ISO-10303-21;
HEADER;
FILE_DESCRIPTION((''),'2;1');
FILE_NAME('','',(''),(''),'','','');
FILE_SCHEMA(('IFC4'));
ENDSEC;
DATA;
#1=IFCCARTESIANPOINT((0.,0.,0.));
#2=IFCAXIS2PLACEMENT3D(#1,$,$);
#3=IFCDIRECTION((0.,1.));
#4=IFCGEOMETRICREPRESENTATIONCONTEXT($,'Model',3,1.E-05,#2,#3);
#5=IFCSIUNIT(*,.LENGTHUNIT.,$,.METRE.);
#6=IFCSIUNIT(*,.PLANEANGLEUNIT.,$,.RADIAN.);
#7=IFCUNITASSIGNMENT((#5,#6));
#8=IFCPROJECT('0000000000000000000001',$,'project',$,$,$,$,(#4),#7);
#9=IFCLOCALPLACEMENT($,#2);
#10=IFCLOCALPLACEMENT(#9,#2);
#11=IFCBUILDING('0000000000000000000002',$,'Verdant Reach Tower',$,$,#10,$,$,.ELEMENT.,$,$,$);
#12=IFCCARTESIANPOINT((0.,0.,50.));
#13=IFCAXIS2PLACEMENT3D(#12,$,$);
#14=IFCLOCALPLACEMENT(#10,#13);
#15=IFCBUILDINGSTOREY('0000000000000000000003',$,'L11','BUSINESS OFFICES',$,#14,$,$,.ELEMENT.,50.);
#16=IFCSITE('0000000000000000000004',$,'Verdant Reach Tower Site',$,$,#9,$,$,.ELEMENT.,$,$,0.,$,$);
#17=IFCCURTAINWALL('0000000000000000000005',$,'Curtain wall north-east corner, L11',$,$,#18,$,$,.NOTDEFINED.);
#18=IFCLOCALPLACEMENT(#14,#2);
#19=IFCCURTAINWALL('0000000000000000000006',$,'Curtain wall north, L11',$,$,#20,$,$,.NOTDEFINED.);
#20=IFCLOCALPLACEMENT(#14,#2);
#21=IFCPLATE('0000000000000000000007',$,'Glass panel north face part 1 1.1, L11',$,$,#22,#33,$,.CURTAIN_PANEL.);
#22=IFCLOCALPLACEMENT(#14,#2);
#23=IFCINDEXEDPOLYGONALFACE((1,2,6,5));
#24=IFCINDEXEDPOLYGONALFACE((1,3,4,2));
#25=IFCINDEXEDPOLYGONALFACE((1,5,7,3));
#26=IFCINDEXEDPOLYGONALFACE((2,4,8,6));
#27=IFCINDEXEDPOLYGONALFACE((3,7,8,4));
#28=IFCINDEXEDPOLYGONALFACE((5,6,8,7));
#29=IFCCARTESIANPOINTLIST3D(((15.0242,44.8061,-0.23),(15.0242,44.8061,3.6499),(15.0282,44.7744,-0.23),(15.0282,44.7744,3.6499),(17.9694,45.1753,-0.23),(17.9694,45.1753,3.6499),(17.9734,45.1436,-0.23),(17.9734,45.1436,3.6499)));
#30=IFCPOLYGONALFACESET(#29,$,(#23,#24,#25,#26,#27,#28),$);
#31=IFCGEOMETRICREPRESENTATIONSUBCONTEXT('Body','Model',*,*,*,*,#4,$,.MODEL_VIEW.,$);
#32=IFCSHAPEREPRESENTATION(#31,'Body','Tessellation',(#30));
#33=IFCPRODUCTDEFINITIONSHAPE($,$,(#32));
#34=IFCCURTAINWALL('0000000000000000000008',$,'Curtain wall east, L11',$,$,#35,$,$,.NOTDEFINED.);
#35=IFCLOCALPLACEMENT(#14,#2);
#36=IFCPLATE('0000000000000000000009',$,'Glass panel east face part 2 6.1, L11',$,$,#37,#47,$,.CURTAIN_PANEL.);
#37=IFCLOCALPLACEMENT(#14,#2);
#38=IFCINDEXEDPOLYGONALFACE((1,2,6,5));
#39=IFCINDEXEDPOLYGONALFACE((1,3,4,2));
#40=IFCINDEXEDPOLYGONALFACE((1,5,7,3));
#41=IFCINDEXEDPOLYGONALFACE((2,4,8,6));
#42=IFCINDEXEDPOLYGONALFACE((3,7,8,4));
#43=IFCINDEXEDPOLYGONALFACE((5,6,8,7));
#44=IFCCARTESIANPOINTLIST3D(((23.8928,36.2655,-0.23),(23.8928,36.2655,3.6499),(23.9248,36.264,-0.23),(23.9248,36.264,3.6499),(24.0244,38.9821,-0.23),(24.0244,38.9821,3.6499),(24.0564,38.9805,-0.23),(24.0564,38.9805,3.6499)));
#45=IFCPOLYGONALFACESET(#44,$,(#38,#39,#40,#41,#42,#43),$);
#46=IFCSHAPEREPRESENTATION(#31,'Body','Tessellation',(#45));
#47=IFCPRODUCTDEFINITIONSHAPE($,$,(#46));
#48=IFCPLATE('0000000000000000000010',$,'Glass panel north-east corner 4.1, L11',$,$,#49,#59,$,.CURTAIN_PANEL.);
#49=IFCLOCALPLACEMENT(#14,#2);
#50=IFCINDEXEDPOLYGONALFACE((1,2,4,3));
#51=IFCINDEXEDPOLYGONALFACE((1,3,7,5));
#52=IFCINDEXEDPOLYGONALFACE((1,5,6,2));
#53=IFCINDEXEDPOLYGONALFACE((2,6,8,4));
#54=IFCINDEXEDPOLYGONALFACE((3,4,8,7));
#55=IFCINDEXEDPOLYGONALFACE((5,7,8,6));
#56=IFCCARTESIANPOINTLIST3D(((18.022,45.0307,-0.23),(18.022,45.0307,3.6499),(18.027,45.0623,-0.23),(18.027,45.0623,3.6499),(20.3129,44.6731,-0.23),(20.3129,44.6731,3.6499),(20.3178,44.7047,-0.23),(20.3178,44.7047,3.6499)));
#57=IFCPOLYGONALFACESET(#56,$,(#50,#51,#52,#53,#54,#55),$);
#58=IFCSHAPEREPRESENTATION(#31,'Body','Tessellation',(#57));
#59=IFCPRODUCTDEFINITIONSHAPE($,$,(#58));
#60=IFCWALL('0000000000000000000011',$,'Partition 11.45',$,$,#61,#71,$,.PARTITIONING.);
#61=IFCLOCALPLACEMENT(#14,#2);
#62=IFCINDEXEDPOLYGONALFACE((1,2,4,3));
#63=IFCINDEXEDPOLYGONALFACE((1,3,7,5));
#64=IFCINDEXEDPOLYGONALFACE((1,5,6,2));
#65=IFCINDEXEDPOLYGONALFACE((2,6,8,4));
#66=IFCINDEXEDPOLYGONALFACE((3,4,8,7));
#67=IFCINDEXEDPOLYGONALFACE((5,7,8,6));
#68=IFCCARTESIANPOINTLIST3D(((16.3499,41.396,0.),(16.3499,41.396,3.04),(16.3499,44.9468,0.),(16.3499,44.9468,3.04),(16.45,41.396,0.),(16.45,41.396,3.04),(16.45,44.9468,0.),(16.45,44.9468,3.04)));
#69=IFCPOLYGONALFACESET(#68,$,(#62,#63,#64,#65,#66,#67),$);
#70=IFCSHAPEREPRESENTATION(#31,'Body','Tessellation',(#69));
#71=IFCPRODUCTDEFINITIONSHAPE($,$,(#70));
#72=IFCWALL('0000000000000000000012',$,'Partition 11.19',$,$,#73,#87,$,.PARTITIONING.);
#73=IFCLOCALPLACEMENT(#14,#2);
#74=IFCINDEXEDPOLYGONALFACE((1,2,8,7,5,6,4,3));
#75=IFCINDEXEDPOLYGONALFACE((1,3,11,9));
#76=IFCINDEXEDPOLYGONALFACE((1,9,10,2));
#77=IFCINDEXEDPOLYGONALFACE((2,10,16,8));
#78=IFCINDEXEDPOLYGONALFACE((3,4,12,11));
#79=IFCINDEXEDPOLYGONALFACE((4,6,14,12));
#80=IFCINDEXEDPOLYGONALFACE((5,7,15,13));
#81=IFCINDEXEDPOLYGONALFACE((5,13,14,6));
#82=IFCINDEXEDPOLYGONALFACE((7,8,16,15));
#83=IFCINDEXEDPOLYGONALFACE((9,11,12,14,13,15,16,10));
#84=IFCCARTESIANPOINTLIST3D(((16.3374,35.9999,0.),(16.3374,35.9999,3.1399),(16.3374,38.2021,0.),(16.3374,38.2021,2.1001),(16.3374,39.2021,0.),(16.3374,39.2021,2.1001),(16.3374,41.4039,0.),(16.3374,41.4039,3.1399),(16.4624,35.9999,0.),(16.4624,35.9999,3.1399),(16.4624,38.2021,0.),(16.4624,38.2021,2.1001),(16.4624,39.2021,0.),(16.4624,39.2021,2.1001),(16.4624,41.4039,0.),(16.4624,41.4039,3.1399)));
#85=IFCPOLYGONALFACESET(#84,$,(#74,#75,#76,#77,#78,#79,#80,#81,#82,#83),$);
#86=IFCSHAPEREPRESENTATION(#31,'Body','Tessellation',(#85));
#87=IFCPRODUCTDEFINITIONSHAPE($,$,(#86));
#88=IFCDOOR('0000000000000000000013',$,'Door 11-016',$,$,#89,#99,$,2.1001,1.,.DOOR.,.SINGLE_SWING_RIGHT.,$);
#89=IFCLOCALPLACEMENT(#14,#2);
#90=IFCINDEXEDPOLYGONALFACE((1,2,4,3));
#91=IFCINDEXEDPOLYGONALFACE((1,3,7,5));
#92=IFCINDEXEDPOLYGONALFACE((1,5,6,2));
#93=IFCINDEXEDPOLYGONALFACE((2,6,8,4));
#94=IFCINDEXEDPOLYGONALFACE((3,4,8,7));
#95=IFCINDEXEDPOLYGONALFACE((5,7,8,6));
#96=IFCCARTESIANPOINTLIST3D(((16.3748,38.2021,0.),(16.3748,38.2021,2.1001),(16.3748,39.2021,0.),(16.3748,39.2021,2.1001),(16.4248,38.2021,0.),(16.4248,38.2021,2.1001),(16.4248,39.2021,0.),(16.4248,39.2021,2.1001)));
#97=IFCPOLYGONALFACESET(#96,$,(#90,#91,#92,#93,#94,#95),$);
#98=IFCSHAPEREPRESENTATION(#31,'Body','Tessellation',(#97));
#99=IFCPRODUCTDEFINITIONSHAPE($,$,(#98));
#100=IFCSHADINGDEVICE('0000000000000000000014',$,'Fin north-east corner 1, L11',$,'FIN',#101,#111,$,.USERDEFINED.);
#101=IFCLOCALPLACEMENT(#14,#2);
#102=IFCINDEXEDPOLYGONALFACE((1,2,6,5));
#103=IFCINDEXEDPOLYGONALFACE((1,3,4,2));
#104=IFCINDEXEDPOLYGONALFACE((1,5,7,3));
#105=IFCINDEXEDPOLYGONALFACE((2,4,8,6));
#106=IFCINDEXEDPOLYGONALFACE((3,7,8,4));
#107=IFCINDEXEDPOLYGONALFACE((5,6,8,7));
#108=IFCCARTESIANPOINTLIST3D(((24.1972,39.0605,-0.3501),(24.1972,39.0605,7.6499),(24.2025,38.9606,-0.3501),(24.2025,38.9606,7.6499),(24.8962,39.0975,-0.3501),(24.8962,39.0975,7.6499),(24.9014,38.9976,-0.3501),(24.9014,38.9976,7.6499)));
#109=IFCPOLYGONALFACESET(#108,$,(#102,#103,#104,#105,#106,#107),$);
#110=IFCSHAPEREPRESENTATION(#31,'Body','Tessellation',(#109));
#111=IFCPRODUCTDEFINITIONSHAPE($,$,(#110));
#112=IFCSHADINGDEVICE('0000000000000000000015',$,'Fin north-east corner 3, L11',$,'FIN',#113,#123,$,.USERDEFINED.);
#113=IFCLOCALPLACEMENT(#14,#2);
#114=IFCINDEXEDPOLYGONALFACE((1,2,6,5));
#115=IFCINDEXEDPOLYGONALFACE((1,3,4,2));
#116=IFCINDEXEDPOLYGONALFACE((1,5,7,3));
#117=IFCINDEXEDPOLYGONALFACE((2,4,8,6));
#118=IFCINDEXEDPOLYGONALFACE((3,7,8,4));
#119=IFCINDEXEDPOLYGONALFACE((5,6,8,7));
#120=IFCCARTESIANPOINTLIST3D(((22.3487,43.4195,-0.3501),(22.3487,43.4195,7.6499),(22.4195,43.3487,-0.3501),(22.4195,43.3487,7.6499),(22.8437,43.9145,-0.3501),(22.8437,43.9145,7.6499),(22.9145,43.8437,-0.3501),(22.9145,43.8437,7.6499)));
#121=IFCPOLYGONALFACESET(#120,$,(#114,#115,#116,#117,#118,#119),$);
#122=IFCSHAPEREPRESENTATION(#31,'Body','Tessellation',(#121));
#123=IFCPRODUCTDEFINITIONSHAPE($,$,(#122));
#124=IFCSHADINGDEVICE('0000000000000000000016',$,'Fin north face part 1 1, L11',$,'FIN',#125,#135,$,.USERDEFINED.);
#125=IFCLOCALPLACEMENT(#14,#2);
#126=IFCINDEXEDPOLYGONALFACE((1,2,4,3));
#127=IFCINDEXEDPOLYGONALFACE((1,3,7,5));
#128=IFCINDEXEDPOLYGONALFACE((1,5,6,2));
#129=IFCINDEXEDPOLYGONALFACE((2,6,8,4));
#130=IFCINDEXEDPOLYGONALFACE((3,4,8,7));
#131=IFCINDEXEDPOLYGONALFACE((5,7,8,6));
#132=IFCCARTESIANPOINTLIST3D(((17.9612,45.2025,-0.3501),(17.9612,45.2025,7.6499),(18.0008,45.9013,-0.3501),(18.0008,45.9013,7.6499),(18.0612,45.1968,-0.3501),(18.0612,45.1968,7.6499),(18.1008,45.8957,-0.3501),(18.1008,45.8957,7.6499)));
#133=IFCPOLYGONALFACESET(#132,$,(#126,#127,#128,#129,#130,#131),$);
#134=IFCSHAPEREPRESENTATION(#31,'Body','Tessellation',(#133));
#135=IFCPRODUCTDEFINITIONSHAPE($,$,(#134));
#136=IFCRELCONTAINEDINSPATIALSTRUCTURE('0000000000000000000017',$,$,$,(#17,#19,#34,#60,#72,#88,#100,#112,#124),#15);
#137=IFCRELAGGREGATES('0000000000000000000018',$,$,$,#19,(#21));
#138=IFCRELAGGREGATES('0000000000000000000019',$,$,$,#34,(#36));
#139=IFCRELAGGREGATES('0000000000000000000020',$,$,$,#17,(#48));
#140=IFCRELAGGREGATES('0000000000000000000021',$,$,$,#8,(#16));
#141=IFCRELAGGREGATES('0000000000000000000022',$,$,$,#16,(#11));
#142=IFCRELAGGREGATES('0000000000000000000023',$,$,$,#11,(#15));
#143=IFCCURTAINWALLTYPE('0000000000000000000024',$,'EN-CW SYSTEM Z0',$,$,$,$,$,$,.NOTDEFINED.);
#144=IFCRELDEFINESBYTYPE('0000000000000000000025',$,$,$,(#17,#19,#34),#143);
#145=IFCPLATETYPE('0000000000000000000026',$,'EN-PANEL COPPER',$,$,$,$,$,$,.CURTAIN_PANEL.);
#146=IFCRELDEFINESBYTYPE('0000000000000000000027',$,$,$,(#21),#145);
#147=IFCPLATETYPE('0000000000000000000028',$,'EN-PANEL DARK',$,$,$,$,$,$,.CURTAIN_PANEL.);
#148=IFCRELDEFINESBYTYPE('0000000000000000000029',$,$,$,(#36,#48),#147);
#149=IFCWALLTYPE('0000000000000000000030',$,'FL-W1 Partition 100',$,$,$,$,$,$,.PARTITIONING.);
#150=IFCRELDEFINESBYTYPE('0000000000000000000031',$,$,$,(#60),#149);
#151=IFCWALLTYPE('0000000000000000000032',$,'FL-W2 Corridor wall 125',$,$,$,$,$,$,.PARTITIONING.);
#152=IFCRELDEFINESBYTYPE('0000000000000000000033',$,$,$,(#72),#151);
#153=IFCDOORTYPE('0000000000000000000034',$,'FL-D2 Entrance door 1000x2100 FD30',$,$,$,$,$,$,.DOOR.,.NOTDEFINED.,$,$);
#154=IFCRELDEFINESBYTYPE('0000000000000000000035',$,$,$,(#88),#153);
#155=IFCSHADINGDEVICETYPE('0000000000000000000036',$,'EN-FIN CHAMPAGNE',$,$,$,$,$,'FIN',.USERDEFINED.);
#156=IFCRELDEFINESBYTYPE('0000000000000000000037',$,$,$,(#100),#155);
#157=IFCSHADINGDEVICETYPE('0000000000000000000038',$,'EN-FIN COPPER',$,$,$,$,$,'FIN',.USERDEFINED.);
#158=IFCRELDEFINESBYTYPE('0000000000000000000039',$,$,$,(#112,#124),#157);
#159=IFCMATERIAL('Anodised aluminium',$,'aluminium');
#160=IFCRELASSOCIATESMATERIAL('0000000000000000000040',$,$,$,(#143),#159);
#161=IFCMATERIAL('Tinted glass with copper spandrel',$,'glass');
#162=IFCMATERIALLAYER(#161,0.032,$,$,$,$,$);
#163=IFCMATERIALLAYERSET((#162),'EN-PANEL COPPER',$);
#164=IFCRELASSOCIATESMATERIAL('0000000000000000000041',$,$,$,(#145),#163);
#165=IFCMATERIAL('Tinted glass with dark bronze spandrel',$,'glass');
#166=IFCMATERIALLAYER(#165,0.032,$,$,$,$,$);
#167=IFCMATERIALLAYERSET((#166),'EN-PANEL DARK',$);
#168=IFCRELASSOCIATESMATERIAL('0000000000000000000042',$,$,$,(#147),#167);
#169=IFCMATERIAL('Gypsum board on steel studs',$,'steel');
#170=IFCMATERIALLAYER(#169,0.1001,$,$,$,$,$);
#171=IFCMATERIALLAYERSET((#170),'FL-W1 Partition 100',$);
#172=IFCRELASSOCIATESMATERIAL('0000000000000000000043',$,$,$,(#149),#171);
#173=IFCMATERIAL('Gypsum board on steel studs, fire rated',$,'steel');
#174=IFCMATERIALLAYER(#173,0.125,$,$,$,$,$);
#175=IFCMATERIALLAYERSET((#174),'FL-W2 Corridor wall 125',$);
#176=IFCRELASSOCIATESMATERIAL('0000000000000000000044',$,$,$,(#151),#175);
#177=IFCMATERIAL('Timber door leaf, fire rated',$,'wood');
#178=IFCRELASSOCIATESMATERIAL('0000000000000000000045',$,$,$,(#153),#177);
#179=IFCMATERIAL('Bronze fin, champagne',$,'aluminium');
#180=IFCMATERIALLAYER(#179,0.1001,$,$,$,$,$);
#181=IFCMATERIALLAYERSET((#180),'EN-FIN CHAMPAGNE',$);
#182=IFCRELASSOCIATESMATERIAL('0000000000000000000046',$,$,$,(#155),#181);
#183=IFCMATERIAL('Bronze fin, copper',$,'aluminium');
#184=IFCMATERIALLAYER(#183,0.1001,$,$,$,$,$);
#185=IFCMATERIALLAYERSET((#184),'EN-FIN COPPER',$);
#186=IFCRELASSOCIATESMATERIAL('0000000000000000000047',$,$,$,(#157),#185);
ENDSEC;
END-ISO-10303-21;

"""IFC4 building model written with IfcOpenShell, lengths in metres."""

from ifc_helpers import new_model, si_unit, direction, frame, frame_2d, origin, origin_2d, place, context, subcontext, project, spatial, rectangle, extrude, material, layer, layer_set, type_object, element, fill, aggregate, save


model = new_model("IFC4")

# Units and contexts
model_context = context("Model", 3, precision=1e-05, world=origin(), true_north=direction((0.0, 1.0)))
body_context = subcontext(model_context, "Body", "Model", "MODEL_VIEW")
ifc_project = project(units=[si_unit("LENGTHUNIT", "METRE"), si_unit("PLANEANGLEUNIT", "RADIAN")], contexts=[model_context])

# Site, building, storey
site_placement = place(None, origin())
site = spatial("IfcSite", under=ifc_project, at=site_placement, Name="Verdant Reach Tower Site", CompositionType="ELEMENT", RefElevation=0.0)
building_placement = place(site_placement, origin())
building = spatial("IfcBuilding", under=site, at=building_placement, Name="Verdant Reach Tower", CompositionType="ELEMENT")
storey_placement = place(building_placement, frame((0.0, 0.0, 50.0)))
storey = spatial("IfcBuildingStorey", under=building, at=storey_placement, Name="L11", Description="BUSINESS OFFICES", CompositionType="ELEMENT", Elevation=50.0)

# Curtain walls
ifc_material_1 = material(Name="Anodised aluminium", Category="aluminium")
curtain_wall_type = type_object("IfcCurtainWallType", Name="EN-CW SYSTEM Z0", PredefinedType="NOTDEFINED", material=ifc_material_1)
curtain_wall_1_placement = place(storey_placement, origin())
curtain_wall_1 = element("IfcCurtainWall", 1, at=curtain_wall_1_placement, inside=storey, type_object=curtain_wall_type, Name="Curtain wall north-east corner, L11", PredefinedType="NOTDEFINED")
curtain_wall_2_placement = place(storey_placement, origin())
curtain_wall_2 = element("IfcCurtainWall", 2, at=curtain_wall_2_placement, inside=storey, type_object=curtain_wall_type, Name="Curtain wall north, L11", PredefinedType="NOTDEFINED")

# Plate
ifc_material_2 = material(Name="Tinted glass with copper spandrel", Category="glass")
ifc_layer_1 = layer(ifc_material_2, 0.032)
ifc_layer_set_1 = layer_set([ifc_layer_1], Name="EN-PANEL COPPER")
plate_type_1 = type_object("IfcPlateType", Name="EN-PANEL COPPER", PredefinedType="CURTAIN_PANEL", material=ifc_layer_set_1)
plate_1_placement = place(storey_placement, frame((16.4988, 44.9749, -0.23), z_axis=(0.0, 0.0, 1.0), x_axis=(-0.992234, -0.124384, 0.0)))
plate_1 = element("IfcPlate", 3, at=plate_1_placement, type_object=plate_type_1, Name="Glass panel north face part 1 1.1, L11", PredefinedType="CURTAIN_PANEL", context=body_context, shape_type="SweptSolid", body=[
    extrude(rectangle(XDim=2.9683, YDim=0.032, at=origin_2d()), origin(), (0.0, 0.0, 1.0), 3.8799),
])
aggregate(curtain_wall_2, [plate_1])

# Curtain wall, plate
curtain_wall_3_placement = place(storey_placement, origin())
curtain_wall_3 = element("IfcCurtainWall", 4, at=curtain_wall_3_placement, inside=storey, type_object=curtain_wall_type, Name="Curtain wall east, L11", PredefinedType="NOTDEFINED")
ifc_material_3 = material(Name="Tinted glass with dark bronze spandrel", Category="glass")
ifc_layer_2 = layer(ifc_material_3, 0.032)
ifc_layer_set_2 = layer_set([ifc_layer_2], Name="EN-PANEL DARK")
plate_type_2 = type_object("IfcPlateType", Name="EN-PANEL DARK", PredefinedType="CURTAIN_PANEL", material=ifc_layer_set_2)
plate_2_placement = place(storey_placement, frame((23.9746, 37.623, -0.23), z_axis=(0.0, 0.0, 1.0), x_axis=(0.048383, 0.998829, 0.0)))
plate_2 = element("IfcPlate", 5, at=plate_2_placement, type_object=plate_type_2, Name="Glass panel east face part 2 6.1, L11", PredefinedType="CURTAIN_PANEL", context=body_context, shape_type="SweptSolid", body=[
    extrude(rectangle(XDim=2.7197, YDim=0.032, at=origin_2d()), origin(), (0.0, 0.0, 1.0), 3.8799),
])
aggregate(curtain_wall_3, [plate_2])

# Plate
plate_3_placement = place(storey_placement, frame((19.1699, 44.8677, -0.23), z_axis=(0.0, 0.0, 1.0), x_axis=(-0.988035, 0.154233, 0.0)))
plate_3 = element("IfcPlate", 6, at=plate_3_placement, type_object=plate_type_2, Name="Glass panel north-east corner 4.1, L11", PredefinedType="CURTAIN_PANEL", context=body_context, shape_type="SweptSolid", body=[
    extrude(rectangle(XDim=2.3186, YDim=0.032, at=origin_2d()), origin(), (0.0, 0.0, 1.0), 3.8799),
])
aggregate(curtain_wall_1, [plate_3])

# Wall
ifc_material_4 = material(Name="Gypsum board on steel studs", Category="steel")
ifc_layer_3 = layer(ifc_material_4, 0.1001)
ifc_layer_set_3 = layer_set([ifc_layer_3], Name="FL-W1 Partition 100")
wall_type_1 = type_object("IfcWallType", Name="FL-W1 Partition 100", PredefinedType="PARTITIONING", material=ifc_layer_set_3)
wall_1_placement = place(storey_placement, frame((16.3999, 41.396, 0.0), z_axis=(0.0, 0.0, 1.0), x_axis=(0.0, 1.0, 0.0)))
element("IfcWall", 7, at=wall_1_placement, inside=storey, type_object=wall_type_1, Name="Partition 11.45", PredefinedType="PARTITIONING", context=body_context, shape_type="SweptSolid", body=[
    extrude(rectangle(XDim=3.5508, YDim=0.1001, at=frame_2d((1.7754, 0.0))), origin(), (0.0, 0.0, 1.0), 3.04),
])

# Wall, opening, door
ifc_material_5 = material(Name="Gypsum board on steel studs, fire rated", Category="steel")
ifc_layer_4 = layer(ifc_material_5, 0.125)
ifc_layer_set_4 = layer_set([ifc_layer_4], Name="FL-W2 Corridor wall 125")
wall_type_2 = type_object("IfcWallType", Name="FL-W2 Corridor wall 125", PredefinedType="PARTITIONING", material=ifc_layer_set_4)
wall_2_placement = place(storey_placement, frame((16.3999, 41.4041, 0.0), z_axis=(0.0, 0.0, 1.0), x_axis=(0.0, -1.0, 0.0)))
wall_2 = element("IfcWall", 8, at=wall_2_placement, inside=storey, type_object=wall_type_2, Name="Partition 11.19", PredefinedType="PARTITIONING", context=body_context, shape_type="SweptSolid", body=[
    extrude(rectangle(XDim=5.4041, YDim=0.125, at=frame_2d((2.7021, 0.0))), origin(), (0.0, 0.0, 1.0), 3.1399),
])
opening_placement = place(wall_2_placement, frame((2.2019, 0.0, 0.0)))
opening = element("IfcOpeningElement", 9, at=opening_placement, cuts=wall_2, PredefinedType="OPENING", context=body_context, shape_type="SweptSolid", body=[
    extrude(rectangle(XDim=1.0, YDim=2.1001, at=frame_2d((0.5, 1.05))), frame((0.0, 0.0725, 0.0), z_axis=(0.0, -1.0, 0.0), x_axis=(1.0, 0.0, 0.0)), (0.0, 0.0, 1.0), 0.145),
])
ifc_material_6 = material(Name="Timber door leaf, fire rated", Category="wood")
door_type = type_object("IfcDoorType", Name="FL-D2 Entrance door 1000x2100 FD30", OperationType="NOTDEFINED", PredefinedType="DOOR", material=ifc_material_6)
door_placement = place(opening_placement, origin())
door = element("IfcDoor", 10, at=door_placement, inside=storey, type_object=door_type, Name="Door 11-016", OperationType="SINGLE_SWING_RIGHT", OverallHeight=2.1001, OverallWidth=1.0, PredefinedType="DOOR", context=body_context, shape_type="SweptSolid", body=[
    extrude(rectangle(XDim=1.0, YDim=2.1001, at=frame_2d((0.5, 1.05))), frame((0.0, 0.0249, 0.0), z_axis=(0.0, -1.0, 0.0), x_axis=(1.0, 0.0, 0.0)), (0.0, 0.0, 1.0), 0.05),
])
fill(opening, door)

# Shading devices
ifc_material_7 = material(Name="Bronze fin, champagne", Category="aluminium")
ifc_layer_5 = layer(ifc_material_7, 0.1001)
ifc_layer_set_5 = layer_set([ifc_layer_5], Name="EN-FIN CHAMPAGNE")
shading_device_type_1 = type_object("IfcShadingDeviceType", Name="EN-FIN CHAMPAGNE", ElementType="FIN", PredefinedType="USERDEFINED", material=ifc_layer_set_5)
shading_device_placement = place(storey_placement, frame((24.5493, 39.0291, -0.3501), z_axis=(0.0, 0.0, 1.0), x_axis=(-0.052815, 0.998604, 0.0)))
element("IfcShadingDevice", 11, at=shading_device_placement, inside=storey, type_object=shading_device_type_1, Name="Fin north-east corner 1, L11", ObjectType="FIN", PredefinedType="USERDEFINED", context=body_context, shape_type="SweptSolid", body=[
    extrude(rectangle(XDim=0.1001, YDim=0.7, at=origin_2d()), origin(), (0.0, 0.0, 1.0), 8.0),
])
ifc_material_8 = material(Name="Bronze fin, copper", Category="aluminium")
ifc_layer_6 = layer(ifc_material_8, 0.1001)
ifc_layer_set_6 = layer_set([ifc_layer_6], Name="EN-FIN COPPER")
shading_device_type_2 = type_object("IfcShadingDeviceType", Name="EN-FIN COPPER", ElementType="FIN", PredefinedType="USERDEFINED", material=ifc_layer_set_6)
for number, where, z_axis, x_axis, name in (
    (12, (22.6316, 43.6316, -0.3501), (0.0, 0.0, 1.0), (-0.707107, 0.707107, 0.0), "Fin north-east corner 3, L11"),
    (13, (18.031, 45.5491, -0.3501), (0.0, 0.0, 1.0), (-0.998399, 0.056569, 0.0), "Fin north face part 1 1, L11"),
):
    element("IfcShadingDevice", number, at=place(storey_placement, frame(where, z_axis=z_axis, x_axis=x_axis)), inside=storey, type_object=shading_device_type_2, Name=name, ObjectType="FIN", PredefinedType="USERDEFINED", context=body_context, shape_type="SweptSolid", body=[
        extrude(rectangle(XDim=0.1001, YDim=0.7, at=origin_2d()), origin(), (0.0, 0.0, 1.0), 8.0),
    ])

save(model, "model.ifc")
